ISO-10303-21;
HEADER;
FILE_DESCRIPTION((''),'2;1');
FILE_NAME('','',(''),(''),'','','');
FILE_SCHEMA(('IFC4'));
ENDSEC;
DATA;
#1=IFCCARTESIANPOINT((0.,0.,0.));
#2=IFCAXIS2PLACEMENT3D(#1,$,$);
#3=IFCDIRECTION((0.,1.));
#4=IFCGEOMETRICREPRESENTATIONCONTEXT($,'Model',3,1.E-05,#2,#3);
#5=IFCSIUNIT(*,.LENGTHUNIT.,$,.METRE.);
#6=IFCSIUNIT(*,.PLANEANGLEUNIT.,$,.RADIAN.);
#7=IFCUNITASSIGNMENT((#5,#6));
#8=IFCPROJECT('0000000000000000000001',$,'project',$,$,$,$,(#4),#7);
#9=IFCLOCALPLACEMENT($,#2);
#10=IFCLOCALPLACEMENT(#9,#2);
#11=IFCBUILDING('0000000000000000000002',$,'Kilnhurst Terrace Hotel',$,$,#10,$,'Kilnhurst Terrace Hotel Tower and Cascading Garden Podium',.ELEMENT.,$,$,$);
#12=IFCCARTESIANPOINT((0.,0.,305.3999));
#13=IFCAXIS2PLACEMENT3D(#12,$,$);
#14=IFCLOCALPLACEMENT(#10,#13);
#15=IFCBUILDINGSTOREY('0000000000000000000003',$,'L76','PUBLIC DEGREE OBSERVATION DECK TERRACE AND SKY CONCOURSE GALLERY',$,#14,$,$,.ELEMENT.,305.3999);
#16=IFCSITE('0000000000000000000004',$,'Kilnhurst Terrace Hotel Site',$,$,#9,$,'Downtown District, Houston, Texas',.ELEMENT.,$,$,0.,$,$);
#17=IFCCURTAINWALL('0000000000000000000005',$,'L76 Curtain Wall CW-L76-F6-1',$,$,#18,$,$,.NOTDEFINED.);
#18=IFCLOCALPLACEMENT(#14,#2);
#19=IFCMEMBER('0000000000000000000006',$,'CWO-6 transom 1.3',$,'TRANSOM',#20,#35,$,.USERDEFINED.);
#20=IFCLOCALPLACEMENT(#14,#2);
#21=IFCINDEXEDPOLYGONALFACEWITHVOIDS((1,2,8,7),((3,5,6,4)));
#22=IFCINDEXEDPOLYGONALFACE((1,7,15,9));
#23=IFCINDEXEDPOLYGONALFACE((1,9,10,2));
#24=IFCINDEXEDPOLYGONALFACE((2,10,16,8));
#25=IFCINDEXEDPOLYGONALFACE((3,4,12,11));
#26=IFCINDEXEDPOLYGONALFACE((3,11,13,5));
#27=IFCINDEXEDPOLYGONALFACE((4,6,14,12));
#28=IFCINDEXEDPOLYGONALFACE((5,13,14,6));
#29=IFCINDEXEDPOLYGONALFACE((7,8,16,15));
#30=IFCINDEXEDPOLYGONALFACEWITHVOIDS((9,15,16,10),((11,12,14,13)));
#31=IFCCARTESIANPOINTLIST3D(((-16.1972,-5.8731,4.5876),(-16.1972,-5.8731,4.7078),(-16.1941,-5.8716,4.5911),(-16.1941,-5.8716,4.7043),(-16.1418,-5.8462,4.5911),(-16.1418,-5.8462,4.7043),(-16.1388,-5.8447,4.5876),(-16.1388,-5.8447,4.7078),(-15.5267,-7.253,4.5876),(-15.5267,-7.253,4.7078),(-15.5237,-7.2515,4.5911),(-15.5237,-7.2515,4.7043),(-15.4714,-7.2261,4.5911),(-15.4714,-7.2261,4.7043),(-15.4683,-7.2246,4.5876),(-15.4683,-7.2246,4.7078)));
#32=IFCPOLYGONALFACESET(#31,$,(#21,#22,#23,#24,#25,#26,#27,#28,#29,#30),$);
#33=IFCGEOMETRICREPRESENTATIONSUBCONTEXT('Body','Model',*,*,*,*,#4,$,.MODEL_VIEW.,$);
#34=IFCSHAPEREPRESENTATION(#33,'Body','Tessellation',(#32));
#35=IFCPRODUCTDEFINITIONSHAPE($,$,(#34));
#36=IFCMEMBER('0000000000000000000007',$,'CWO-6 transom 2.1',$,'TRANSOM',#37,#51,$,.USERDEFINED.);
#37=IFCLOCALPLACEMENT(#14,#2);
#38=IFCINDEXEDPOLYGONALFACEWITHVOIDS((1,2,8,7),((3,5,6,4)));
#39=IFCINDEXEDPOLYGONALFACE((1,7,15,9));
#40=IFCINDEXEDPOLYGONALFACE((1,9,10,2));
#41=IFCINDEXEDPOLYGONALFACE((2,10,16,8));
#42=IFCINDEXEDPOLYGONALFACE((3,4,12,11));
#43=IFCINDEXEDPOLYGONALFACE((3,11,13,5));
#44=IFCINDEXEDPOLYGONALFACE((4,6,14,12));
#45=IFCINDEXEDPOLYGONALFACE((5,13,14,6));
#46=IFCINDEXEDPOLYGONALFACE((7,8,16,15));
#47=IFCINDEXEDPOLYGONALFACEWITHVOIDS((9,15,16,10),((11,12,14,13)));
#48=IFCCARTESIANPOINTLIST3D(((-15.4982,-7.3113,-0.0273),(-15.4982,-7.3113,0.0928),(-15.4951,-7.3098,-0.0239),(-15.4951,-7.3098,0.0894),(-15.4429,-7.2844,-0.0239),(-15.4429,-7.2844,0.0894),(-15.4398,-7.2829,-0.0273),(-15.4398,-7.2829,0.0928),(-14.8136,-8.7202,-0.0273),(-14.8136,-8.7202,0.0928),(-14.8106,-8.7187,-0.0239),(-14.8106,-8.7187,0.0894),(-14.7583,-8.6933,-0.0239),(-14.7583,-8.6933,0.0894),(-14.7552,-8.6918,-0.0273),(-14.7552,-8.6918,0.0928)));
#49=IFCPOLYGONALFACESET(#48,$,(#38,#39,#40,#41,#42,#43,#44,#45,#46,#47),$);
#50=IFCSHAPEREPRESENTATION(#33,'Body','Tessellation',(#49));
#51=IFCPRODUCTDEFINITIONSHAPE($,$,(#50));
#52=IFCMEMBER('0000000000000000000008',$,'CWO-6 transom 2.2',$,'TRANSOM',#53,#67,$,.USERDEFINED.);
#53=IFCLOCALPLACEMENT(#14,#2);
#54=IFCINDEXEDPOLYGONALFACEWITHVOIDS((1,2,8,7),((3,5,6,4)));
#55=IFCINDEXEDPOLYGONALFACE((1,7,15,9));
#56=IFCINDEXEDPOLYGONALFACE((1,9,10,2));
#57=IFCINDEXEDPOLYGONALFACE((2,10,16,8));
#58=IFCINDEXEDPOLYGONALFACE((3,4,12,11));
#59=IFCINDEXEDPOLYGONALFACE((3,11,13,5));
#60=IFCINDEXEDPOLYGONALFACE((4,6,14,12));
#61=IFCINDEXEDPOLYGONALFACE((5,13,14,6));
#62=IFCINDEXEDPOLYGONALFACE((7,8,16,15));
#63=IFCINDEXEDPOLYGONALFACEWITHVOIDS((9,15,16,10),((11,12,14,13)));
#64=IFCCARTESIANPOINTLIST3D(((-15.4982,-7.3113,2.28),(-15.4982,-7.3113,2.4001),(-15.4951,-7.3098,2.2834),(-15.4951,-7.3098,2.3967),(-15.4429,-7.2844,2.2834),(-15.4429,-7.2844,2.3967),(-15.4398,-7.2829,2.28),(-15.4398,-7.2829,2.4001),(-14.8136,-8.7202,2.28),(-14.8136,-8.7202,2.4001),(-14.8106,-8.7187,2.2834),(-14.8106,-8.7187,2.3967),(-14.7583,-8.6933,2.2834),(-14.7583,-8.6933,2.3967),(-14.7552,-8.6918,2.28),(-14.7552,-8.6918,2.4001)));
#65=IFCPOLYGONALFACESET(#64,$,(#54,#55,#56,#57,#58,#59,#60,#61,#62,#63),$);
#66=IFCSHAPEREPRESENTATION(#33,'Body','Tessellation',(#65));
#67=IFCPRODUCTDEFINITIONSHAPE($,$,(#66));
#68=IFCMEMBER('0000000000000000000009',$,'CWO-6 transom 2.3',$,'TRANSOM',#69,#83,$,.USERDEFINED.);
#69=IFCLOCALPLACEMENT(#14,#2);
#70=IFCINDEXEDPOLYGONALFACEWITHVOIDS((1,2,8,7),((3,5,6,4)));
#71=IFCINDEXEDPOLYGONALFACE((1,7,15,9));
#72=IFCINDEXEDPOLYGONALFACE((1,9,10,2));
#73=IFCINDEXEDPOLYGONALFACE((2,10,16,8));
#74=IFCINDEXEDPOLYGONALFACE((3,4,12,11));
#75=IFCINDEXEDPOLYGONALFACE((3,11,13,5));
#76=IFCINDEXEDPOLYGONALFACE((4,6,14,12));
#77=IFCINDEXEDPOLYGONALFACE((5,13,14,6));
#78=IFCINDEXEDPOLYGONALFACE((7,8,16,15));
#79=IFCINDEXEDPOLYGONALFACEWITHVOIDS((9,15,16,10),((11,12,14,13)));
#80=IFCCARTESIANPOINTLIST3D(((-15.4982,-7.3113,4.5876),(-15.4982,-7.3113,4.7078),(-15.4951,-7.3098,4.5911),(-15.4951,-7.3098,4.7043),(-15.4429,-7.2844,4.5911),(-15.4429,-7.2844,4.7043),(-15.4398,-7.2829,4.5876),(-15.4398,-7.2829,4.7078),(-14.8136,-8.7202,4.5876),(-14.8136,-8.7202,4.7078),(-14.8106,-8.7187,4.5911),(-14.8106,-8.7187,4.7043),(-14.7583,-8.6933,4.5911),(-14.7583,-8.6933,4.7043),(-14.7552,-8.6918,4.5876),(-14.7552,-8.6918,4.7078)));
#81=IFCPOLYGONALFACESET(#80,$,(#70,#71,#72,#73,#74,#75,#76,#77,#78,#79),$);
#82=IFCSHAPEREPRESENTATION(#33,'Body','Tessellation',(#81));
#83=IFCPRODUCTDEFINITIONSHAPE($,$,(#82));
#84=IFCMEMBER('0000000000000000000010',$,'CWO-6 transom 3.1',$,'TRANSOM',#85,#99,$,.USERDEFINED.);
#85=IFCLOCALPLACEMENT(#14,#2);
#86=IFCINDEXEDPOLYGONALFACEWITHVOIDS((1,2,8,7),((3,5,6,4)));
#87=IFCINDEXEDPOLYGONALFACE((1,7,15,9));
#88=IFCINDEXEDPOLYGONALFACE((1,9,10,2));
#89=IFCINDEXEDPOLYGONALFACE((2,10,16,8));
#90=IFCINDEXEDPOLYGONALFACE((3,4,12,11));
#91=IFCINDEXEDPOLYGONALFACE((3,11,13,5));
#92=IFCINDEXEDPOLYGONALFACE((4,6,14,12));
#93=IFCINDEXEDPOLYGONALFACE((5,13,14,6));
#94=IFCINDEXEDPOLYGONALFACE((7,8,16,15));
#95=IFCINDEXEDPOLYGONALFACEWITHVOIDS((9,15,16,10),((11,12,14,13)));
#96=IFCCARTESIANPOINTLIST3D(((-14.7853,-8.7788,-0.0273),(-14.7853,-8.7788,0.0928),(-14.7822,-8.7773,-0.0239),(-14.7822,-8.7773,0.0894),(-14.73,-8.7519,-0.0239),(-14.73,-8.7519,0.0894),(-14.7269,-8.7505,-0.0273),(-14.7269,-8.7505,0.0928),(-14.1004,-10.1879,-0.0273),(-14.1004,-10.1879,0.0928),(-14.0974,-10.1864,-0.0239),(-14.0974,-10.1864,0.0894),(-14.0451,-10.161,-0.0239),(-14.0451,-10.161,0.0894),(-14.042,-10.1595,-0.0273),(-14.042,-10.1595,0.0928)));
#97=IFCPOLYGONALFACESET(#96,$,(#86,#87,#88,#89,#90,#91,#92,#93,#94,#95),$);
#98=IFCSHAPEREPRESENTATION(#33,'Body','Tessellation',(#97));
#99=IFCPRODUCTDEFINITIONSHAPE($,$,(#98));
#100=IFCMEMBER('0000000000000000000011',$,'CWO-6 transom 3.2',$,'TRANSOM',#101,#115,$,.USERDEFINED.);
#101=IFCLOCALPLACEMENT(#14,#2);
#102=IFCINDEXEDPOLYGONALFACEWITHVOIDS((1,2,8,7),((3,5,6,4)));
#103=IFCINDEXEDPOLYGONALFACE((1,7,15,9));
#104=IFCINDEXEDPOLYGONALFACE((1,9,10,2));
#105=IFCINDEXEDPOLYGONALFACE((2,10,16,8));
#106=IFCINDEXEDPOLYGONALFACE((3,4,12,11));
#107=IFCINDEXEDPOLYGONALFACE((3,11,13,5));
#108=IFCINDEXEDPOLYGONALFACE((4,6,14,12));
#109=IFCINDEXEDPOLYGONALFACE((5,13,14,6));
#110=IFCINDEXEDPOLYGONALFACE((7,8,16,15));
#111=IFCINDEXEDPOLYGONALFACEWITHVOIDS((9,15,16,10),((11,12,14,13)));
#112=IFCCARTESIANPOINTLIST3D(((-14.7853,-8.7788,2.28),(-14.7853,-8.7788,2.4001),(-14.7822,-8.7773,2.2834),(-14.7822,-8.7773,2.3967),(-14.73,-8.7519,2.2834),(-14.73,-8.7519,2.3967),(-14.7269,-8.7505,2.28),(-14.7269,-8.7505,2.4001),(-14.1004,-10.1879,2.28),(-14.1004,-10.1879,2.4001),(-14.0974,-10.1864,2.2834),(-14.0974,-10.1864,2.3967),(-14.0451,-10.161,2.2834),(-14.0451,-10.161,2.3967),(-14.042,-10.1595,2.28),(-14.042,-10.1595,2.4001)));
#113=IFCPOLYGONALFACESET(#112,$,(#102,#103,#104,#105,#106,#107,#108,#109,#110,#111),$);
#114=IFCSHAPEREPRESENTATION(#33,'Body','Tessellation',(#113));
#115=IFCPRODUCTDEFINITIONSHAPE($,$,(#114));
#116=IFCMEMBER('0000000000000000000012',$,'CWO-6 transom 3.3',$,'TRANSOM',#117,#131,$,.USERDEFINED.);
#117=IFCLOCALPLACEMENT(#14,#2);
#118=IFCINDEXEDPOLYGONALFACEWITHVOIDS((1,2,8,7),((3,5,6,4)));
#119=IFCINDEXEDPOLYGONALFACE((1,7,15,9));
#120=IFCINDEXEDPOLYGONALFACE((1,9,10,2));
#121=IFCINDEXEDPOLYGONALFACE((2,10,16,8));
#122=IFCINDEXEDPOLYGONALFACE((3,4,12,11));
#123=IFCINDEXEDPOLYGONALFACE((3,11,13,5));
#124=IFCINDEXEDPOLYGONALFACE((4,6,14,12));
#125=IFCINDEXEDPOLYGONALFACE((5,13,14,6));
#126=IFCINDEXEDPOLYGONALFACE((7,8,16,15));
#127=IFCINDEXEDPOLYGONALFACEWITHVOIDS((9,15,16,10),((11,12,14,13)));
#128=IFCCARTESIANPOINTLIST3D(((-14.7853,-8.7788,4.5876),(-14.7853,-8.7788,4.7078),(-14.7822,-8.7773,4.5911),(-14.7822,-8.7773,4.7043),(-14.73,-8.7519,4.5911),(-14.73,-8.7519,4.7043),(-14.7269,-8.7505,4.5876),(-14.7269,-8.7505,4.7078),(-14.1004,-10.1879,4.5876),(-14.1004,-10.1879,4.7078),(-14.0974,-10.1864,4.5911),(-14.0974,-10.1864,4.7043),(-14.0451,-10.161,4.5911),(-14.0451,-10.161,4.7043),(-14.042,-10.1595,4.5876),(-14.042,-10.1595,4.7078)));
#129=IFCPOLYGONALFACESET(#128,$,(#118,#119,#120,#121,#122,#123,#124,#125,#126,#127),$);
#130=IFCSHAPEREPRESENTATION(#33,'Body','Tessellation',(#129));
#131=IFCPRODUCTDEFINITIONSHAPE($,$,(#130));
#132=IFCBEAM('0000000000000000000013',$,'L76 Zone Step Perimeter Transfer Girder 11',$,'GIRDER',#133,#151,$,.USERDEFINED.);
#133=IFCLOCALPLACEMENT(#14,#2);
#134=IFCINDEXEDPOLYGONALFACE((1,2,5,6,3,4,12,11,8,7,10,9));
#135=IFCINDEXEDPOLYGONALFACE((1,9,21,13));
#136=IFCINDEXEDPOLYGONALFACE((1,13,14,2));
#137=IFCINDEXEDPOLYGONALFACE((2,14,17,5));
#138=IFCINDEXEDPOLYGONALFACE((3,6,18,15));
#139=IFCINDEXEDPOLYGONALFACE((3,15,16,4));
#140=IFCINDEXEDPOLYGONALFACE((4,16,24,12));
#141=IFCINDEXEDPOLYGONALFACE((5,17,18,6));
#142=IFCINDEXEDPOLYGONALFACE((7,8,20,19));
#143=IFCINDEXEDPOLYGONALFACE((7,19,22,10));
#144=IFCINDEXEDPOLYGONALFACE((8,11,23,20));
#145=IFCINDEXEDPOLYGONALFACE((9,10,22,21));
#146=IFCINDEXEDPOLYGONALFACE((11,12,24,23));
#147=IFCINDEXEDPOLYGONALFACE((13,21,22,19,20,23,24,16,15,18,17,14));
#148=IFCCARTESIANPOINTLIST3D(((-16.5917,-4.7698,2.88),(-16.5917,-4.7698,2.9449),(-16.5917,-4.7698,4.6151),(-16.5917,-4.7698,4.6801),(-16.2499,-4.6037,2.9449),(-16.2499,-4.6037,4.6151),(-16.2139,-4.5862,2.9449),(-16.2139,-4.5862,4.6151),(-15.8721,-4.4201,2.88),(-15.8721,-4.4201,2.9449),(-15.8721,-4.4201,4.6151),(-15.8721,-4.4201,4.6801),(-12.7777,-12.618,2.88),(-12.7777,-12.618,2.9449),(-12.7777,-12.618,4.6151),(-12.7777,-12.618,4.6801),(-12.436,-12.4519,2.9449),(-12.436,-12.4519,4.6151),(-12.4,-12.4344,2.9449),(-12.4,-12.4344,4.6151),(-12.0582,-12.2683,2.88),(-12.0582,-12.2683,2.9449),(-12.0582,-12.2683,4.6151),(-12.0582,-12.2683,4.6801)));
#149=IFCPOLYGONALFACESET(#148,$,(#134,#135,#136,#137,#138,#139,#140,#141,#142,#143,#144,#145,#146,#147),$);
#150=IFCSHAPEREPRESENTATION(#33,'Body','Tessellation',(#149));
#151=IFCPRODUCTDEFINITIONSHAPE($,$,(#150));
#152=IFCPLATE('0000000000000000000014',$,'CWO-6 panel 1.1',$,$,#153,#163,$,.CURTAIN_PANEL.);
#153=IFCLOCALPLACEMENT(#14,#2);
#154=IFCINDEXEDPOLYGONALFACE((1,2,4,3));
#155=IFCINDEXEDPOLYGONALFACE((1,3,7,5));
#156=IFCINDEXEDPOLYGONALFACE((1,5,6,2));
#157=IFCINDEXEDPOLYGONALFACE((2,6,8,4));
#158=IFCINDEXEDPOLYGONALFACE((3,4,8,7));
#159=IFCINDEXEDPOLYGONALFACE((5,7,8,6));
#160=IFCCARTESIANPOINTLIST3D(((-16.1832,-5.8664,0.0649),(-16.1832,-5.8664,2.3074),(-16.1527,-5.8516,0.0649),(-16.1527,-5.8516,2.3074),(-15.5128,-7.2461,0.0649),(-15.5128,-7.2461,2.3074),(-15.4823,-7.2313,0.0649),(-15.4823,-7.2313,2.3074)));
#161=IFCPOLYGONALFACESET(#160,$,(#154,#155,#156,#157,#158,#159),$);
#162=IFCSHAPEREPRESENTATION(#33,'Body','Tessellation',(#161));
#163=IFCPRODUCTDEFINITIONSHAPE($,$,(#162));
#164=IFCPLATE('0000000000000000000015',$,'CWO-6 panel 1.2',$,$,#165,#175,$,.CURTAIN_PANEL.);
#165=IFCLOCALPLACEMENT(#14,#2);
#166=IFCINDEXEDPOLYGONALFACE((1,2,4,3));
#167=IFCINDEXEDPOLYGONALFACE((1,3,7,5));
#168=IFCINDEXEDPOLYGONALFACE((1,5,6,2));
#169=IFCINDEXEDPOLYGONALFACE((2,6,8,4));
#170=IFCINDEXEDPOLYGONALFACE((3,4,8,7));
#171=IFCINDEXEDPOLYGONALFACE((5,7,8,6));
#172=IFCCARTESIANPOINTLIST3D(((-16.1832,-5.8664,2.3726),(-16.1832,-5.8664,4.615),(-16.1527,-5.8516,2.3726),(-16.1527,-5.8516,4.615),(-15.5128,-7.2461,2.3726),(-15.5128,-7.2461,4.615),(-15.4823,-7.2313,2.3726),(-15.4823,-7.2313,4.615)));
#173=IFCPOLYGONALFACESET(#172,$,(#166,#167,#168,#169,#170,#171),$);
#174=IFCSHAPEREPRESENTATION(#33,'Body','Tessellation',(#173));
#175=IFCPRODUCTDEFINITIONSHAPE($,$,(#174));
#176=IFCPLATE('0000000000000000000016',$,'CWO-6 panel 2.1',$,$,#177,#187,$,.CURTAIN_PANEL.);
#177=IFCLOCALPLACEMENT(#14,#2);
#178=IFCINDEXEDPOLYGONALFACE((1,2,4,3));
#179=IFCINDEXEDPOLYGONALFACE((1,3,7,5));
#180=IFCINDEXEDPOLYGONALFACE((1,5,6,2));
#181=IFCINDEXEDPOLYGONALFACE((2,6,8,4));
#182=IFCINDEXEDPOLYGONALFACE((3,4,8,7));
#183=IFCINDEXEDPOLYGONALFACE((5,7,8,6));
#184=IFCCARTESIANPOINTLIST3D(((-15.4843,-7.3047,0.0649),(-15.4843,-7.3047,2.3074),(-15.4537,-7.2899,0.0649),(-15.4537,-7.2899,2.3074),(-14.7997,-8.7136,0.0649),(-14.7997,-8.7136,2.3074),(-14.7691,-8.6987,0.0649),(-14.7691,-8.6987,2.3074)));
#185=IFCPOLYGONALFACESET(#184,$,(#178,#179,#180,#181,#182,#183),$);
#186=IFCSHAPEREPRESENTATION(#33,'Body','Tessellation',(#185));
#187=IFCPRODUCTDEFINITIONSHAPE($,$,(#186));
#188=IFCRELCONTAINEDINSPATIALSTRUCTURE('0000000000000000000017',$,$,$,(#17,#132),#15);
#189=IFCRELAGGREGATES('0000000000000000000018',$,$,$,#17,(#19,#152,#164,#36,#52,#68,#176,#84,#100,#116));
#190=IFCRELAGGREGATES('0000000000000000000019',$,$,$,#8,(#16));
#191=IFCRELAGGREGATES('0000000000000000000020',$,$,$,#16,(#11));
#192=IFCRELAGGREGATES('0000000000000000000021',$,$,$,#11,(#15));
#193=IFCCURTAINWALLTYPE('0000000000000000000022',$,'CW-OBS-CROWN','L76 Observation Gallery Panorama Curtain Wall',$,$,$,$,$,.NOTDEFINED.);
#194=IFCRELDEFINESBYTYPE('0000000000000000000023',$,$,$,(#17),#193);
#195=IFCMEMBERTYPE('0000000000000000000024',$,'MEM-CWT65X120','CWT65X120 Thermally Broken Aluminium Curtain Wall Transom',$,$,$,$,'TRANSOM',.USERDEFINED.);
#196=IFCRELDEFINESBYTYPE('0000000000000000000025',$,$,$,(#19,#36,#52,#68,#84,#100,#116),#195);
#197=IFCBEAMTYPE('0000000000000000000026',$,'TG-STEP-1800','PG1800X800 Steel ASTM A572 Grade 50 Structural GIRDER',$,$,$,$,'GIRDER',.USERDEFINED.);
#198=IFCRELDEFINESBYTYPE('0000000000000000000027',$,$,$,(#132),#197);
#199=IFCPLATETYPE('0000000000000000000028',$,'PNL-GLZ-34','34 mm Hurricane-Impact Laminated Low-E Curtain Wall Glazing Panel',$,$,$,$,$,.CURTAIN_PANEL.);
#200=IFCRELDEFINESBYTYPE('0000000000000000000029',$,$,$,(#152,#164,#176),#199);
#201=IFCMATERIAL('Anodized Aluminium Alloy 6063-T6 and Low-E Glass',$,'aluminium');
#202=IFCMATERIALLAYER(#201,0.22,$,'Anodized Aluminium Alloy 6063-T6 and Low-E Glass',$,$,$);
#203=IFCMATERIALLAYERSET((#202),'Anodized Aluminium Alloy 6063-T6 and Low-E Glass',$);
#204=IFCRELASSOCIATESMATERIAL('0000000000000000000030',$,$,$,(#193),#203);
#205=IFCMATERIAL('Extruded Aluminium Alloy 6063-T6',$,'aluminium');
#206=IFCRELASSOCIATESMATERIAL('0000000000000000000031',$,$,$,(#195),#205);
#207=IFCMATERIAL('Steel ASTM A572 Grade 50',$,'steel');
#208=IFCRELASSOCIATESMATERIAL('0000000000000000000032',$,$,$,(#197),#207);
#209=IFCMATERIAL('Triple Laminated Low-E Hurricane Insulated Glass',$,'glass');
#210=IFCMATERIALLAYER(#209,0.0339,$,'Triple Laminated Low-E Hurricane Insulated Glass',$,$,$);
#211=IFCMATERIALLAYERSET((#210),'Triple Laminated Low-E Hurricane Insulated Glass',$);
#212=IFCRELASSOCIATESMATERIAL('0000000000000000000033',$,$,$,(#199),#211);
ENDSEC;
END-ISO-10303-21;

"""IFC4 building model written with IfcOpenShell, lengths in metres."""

from ifc_helpers import new_model, si_unit, direction, frame, origin, origin_2d, place, context, subcontext, project, spatial, rectangle, hollow_rectangle, i_section, extrude, material, layer, layer_set, material_profile, profile_set, type_object, element, aggregate, save


model = new_model("IFC4")

# Units and contexts
model_context = context("Model", 3, precision=1e-05, world=origin(), true_north=direction((0.0, 1.0)))
body_context = subcontext(model_context, "Body", "Model", "MODEL_VIEW")
ifc_project = project(units=[si_unit("LENGTHUNIT", "METRE"), si_unit("PLANEANGLEUNIT", "RADIAN")], contexts=[model_context])

# Site, building, storey
site_placement = place(None, origin())
site = spatial("IfcSite", under=ifc_project, at=site_placement, Name="Kilnhurst Terrace Hotel Site", LongName="Downtown District, Houston, Texas", CompositionType="ELEMENT", RefElevation=0.0)
building_placement = place(site_placement, origin())
building = spatial("IfcBuilding", under=site, at=building_placement, Name="Kilnhurst Terrace Hotel", LongName="Kilnhurst Terrace Hotel Tower and Cascading Garden Podium", CompositionType="ELEMENT")
storey_placement = place(building_placement, frame((0.0, 0.0, 305.3999)))
storey = spatial("IfcBuildingStorey", under=building, at=storey_placement, Name="L76", Description="PUBLIC DEGREE OBSERVATION DECK TERRACE AND SKY CONCOURSE GALLERY", CompositionType="ELEMENT", Elevation=305.3999)

# Curtain wall, members
ifc_material_1 = material(Name="Anodized Aluminium Alloy 6063-T6 and Low-E Glass", Category="aluminium")
ifc_layer_1 = layer(ifc_material_1, 0.22, Name="Anodized Aluminium Alloy 6063-T6 and Low-E Glass")
ifc_layer_set_1 = layer_set([ifc_layer_1], Name="Anodized Aluminium Alloy 6063-T6 and Low-E Glass")
curtain_wall_type = type_object("IfcCurtainWallType", Name="CW-OBS-CROWN", Description="L76 Observation Gallery Panorama Curtain Wall", PredefinedType="NOTDEFINED", material=ifc_layer_set_1)
curtain_wall_placement = place(storey_placement, origin())
curtain_wall = element("IfcCurtainWall", 1, at=curtain_wall_placement, inside=storey, type_object=curtain_wall_type, Name="L76 Curtain Wall CW-L76-F6-1", PredefinedType="NOTDEFINED")
ifc_material_2 = material(Name="Extruded Aluminium Alloy 6063-T6", Category="aluminium")
ifc_material_profile_1 = material_profile(ifc_material_2, hollow_rectangle(XDim=0.0649, YDim=0.1201, WallThickness=0.0034, at=origin_2d()), Name="CWT65X120")
ifc_profile_set_1 = profile_set([ifc_material_profile_1], Name="Extruded Aluminium Alloy 6063-T6")
member_type_1 = type_object("IfcMemberType", Name="MEM-CWT65X120", Description="CWT65X120 Thermally Broken Aluminium Curtain Wall Transom", ElementType="TRANSOM", PredefinedType="USERDEFINED", material=ifc_profile_set_1)
member_1_placement = place(storey_placement, frame((-16.168, -5.8589, 4.6477), z_axis=(0.437, -0.899462, 0.0), x_axis=(0.899462, 0.437, 0.0)))
member_1 = element("IfcMember", 2, at=member_1_placement, type_object=member_type_1, Name="CWO-6 transom 1.3", ObjectType="TRANSOM", PredefinedType="USERDEFINED", context=body_context, shape_type="SweptSolid", body=[
    extrude(hollow_rectangle(XDim=0.0649, YDim=0.1201, WallThickness=0.0034, at=origin_2d()), origin(), (0.0, 0.0, 1.0), 1.5342),
])
member_2_placement = place(storey_placement, frame((-15.469, -7.2971, 0.0327), z_axis=(0.437023, -0.89945, 0.0), x_axis=(0.89945, 0.437023, 0.0)))
member_2 = element("IfcMember", 3, at=member_2_placement, type_object=member_type_1, Name="CWO-6 transom 2.1", ObjectType="TRANSOM", PredefinedType="USERDEFINED", context=body_context, shape_type="SweptSolid", body=[
    extrude(hollow_rectangle(XDim=0.0649, YDim=0.1201, WallThickness=0.0034, at=origin_2d()), origin(), (0.0, 0.0, 1.0), 1.5664),
])
member_3_placement = place(storey_placement, frame((-15.469, -7.2971, 2.3401), z_axis=(0.437023, -0.89945, 0.0), x_axis=(0.89945, 0.437023, 0.0)))
member_3 = element("IfcMember", 4, at=member_3_placement, type_object=member_type_1, Name="CWO-6 transom 2.2", ObjectType="TRANSOM", PredefinedType="USERDEFINED", context=body_context, shape_type="SweptSolid", body=[
    extrude(hollow_rectangle(XDim=0.0649, YDim=0.1201, WallThickness=0.0034, at=origin_2d()), origin(), (0.0, 0.0, 1.0), 1.5664),
])
member_4_placement = place(storey_placement, frame((-15.469, -7.2971, 4.6477), z_axis=(0.437023, -0.89945, 0.0), x_axis=(0.89945, 0.437023, 0.0)))
member_4 = element("IfcMember", 5, at=member_4_placement, type_object=member_type_1, Name="CWO-6 transom 2.3", ObjectType="TRANSOM", PredefinedType="USERDEFINED", context=body_context, shape_type="SweptSolid", body=[
    extrude(hollow_rectangle(XDim=0.0649, YDim=0.1201, WallThickness=0.0034, at=origin_2d()), origin(), (0.0, 0.0, 1.0), 1.5664),
])
member_5_placement = place(storey_placement, frame((-14.7561, -8.7646, 0.0327), z_axis=(0.437149, -0.899389, 0.0), x_axis=(0.899389, 0.437149, 0.0)))
member_5 = element("IfcMember", 6, at=member_5_placement, type_object=member_type_1, Name="CWO-6 transom 3.1", ObjectType="TRANSOM", PredefinedType="USERDEFINED", context=body_context, shape_type="SweptSolid", body=[
    extrude(hollow_rectangle(XDim=0.0649, YDim=0.1201, WallThickness=0.0034, at=origin_2d()), origin(), (0.0, 0.0, 1.0), 1.5667),
])
member_6_placement = place(storey_placement, frame((-14.7561, -8.7646, 2.3401), z_axis=(0.437149, -0.899389, 0.0), x_axis=(0.899389, 0.437149, 0.0)))
member_6 = element("IfcMember", 7, at=member_6_placement, type_object=member_type_1, Name="CWO-6 transom 3.2", ObjectType="TRANSOM", PredefinedType="USERDEFINED", context=body_context, shape_type="SweptSolid", body=[
    extrude(hollow_rectangle(XDim=0.0649, YDim=0.1201, WallThickness=0.0034, at=origin_2d()), origin(), (0.0, 0.0, 1.0), 1.5667),
])
member_7_placement = place(storey_placement, frame((-14.7561, -8.7646, 4.6477), z_axis=(0.437149, -0.899389, 0.0), x_axis=(0.899389, 0.437149, 0.0)))
member_7 = element("IfcMember", 8, at=member_7_placement, type_object=member_type_1, Name="CWO-6 transom 3.3", ObjectType="TRANSOM", PredefinedType="USERDEFINED", context=body_context, shape_type="SweptSolid", body=[
    extrude(hollow_rectangle(XDim=0.0649, YDim=0.1201, WallThickness=0.0034, at=origin_2d()), origin(), (0.0, 0.0, 1.0), 1.5667),
])

# Beam
ifc_material_3 = material(Name="Steel ASTM A572 Grade 50", Category="steel")
ifc_material_profile_2 = material_profile(ifc_material_3, i_section(OverallWidth=0.8, OverallDepth=1.8, WebThickness=0.04, FlangeThickness=0.0649, at=origin_2d()), Name="PG1800X800")
ifc_profile_set_2 = profile_set([ifc_material_profile_2], Name="Steel ASTM A572 Grade 50")
beam_type_1 = type_object("IfcBeamType", Name="TG-STEP-1800", Description="PG1800X800 Steel ASTM A572 Grade 50 Structural GIRDER", ElementType="GIRDER", PredefinedType="USERDEFINED", material=ifc_profile_set_2)
beam_1_placement = place(storey_placement, frame((-16.2319, -4.595, 3.78), z_axis=(0.43709, -0.899418, 0.0), x_axis=(0.899418, 0.43709, 0.0)))
element("IfcBeam", 9, at=beam_1_placement, inside=storey, type_object=beam_type_1, Name="L76 Zone Step Perimeter Transfer Girder 11", ObjectType="GIRDER", PredefinedType="USERDEFINED", context=body_context, shape_type="SweptSolid", body=[
    extrude(i_section(OverallWidth=0.8, OverallDepth=1.8, WebThickness=0.04, FlangeThickness=0.0649, at=origin_2d()), origin(), (0.0, 0.0, 1.0), 8.7258),
])

# Plates
ifc_material_4 = material(Name="Triple Laminated Low-E Hurricane Insulated Glass", Category="glass")
ifc_layer_2 = layer(ifc_material_4, 0.0339, Name="Triple Laminated Low-E Hurricane Insulated Glass")
ifc_layer_set_2 = layer_set([ifc_layer_2], Name="Triple Laminated Low-E Hurricane Insulated Glass")
plate_type = type_object("IfcPlateType", Name="PNL-GLZ-34", Description="34 mm Hurricane-Impact Laminated Low-E Curtain Wall Glazing Panel", PredefinedType="CURTAIN_PANEL", material=ifc_layer_set_2)
plate_1_placement = place(storey_placement, frame((-15.8328, -6.5488, 0.0649), z_axis=(0.0, 0.0, 1.0), x_axis=(0.437053, -0.899436, 0.0)))
plate_1 = element("IfcPlate", 10, at=plate_1_placement, type_object=plate_type, Name="CWO-6 panel 1.1", PredefinedType="CURTAIN_PANEL", context=body_context, shape_type="SweptSolid", body=[
    extrude(rectangle(XDim=1.5339, YDim=0.0339, at=origin_2d()), origin(), (0.0, 0.0, 1.0), 2.2424),
])
plate_2_placement = place(storey_placement, frame((-15.8328, -6.5488, 2.3726), z_axis=(0.0, 0.0, 1.0), x_axis=(0.437053, -0.899436, 0.0)))
plate_2 = element("IfcPlate", 11, at=plate_2_placement, type_object=plate_type, Name="CWO-6 panel 1.2", PredefinedType="CURTAIN_PANEL", context=body_context, shape_type="SweptSolid", body=[
    extrude(rectangle(XDim=1.5339, YDim=0.0339, at=origin_2d()), origin(), (0.0, 0.0, 1.0), 2.2424),
])
plate_3_placement = place(storey_placement, frame((-15.1267, -8.0017, 0.0649), z_axis=(0.0, 0.0, 1.0), x_axis=(0.437053, -0.899436, 0.0)))
plate_3 = element("IfcPlate", 12, at=plate_3_placement, type_object=plate_type, Name="CWO-6 panel 2.1", PredefinedType="CURTAIN_PANEL", context=body_context, shape_type="SweptSolid", body=[
    extrude(rectangle(XDim=1.5664, YDim=0.0339, at=origin_2d()), origin(), (0.0, 0.0, 1.0), 2.2424),
])
aggregate(curtain_wall, [member_1, plate_1, plate_2, member_2, member_3, member_4, plate_3, member_5, member_6, member_7])

save(model, "model.ifc")
